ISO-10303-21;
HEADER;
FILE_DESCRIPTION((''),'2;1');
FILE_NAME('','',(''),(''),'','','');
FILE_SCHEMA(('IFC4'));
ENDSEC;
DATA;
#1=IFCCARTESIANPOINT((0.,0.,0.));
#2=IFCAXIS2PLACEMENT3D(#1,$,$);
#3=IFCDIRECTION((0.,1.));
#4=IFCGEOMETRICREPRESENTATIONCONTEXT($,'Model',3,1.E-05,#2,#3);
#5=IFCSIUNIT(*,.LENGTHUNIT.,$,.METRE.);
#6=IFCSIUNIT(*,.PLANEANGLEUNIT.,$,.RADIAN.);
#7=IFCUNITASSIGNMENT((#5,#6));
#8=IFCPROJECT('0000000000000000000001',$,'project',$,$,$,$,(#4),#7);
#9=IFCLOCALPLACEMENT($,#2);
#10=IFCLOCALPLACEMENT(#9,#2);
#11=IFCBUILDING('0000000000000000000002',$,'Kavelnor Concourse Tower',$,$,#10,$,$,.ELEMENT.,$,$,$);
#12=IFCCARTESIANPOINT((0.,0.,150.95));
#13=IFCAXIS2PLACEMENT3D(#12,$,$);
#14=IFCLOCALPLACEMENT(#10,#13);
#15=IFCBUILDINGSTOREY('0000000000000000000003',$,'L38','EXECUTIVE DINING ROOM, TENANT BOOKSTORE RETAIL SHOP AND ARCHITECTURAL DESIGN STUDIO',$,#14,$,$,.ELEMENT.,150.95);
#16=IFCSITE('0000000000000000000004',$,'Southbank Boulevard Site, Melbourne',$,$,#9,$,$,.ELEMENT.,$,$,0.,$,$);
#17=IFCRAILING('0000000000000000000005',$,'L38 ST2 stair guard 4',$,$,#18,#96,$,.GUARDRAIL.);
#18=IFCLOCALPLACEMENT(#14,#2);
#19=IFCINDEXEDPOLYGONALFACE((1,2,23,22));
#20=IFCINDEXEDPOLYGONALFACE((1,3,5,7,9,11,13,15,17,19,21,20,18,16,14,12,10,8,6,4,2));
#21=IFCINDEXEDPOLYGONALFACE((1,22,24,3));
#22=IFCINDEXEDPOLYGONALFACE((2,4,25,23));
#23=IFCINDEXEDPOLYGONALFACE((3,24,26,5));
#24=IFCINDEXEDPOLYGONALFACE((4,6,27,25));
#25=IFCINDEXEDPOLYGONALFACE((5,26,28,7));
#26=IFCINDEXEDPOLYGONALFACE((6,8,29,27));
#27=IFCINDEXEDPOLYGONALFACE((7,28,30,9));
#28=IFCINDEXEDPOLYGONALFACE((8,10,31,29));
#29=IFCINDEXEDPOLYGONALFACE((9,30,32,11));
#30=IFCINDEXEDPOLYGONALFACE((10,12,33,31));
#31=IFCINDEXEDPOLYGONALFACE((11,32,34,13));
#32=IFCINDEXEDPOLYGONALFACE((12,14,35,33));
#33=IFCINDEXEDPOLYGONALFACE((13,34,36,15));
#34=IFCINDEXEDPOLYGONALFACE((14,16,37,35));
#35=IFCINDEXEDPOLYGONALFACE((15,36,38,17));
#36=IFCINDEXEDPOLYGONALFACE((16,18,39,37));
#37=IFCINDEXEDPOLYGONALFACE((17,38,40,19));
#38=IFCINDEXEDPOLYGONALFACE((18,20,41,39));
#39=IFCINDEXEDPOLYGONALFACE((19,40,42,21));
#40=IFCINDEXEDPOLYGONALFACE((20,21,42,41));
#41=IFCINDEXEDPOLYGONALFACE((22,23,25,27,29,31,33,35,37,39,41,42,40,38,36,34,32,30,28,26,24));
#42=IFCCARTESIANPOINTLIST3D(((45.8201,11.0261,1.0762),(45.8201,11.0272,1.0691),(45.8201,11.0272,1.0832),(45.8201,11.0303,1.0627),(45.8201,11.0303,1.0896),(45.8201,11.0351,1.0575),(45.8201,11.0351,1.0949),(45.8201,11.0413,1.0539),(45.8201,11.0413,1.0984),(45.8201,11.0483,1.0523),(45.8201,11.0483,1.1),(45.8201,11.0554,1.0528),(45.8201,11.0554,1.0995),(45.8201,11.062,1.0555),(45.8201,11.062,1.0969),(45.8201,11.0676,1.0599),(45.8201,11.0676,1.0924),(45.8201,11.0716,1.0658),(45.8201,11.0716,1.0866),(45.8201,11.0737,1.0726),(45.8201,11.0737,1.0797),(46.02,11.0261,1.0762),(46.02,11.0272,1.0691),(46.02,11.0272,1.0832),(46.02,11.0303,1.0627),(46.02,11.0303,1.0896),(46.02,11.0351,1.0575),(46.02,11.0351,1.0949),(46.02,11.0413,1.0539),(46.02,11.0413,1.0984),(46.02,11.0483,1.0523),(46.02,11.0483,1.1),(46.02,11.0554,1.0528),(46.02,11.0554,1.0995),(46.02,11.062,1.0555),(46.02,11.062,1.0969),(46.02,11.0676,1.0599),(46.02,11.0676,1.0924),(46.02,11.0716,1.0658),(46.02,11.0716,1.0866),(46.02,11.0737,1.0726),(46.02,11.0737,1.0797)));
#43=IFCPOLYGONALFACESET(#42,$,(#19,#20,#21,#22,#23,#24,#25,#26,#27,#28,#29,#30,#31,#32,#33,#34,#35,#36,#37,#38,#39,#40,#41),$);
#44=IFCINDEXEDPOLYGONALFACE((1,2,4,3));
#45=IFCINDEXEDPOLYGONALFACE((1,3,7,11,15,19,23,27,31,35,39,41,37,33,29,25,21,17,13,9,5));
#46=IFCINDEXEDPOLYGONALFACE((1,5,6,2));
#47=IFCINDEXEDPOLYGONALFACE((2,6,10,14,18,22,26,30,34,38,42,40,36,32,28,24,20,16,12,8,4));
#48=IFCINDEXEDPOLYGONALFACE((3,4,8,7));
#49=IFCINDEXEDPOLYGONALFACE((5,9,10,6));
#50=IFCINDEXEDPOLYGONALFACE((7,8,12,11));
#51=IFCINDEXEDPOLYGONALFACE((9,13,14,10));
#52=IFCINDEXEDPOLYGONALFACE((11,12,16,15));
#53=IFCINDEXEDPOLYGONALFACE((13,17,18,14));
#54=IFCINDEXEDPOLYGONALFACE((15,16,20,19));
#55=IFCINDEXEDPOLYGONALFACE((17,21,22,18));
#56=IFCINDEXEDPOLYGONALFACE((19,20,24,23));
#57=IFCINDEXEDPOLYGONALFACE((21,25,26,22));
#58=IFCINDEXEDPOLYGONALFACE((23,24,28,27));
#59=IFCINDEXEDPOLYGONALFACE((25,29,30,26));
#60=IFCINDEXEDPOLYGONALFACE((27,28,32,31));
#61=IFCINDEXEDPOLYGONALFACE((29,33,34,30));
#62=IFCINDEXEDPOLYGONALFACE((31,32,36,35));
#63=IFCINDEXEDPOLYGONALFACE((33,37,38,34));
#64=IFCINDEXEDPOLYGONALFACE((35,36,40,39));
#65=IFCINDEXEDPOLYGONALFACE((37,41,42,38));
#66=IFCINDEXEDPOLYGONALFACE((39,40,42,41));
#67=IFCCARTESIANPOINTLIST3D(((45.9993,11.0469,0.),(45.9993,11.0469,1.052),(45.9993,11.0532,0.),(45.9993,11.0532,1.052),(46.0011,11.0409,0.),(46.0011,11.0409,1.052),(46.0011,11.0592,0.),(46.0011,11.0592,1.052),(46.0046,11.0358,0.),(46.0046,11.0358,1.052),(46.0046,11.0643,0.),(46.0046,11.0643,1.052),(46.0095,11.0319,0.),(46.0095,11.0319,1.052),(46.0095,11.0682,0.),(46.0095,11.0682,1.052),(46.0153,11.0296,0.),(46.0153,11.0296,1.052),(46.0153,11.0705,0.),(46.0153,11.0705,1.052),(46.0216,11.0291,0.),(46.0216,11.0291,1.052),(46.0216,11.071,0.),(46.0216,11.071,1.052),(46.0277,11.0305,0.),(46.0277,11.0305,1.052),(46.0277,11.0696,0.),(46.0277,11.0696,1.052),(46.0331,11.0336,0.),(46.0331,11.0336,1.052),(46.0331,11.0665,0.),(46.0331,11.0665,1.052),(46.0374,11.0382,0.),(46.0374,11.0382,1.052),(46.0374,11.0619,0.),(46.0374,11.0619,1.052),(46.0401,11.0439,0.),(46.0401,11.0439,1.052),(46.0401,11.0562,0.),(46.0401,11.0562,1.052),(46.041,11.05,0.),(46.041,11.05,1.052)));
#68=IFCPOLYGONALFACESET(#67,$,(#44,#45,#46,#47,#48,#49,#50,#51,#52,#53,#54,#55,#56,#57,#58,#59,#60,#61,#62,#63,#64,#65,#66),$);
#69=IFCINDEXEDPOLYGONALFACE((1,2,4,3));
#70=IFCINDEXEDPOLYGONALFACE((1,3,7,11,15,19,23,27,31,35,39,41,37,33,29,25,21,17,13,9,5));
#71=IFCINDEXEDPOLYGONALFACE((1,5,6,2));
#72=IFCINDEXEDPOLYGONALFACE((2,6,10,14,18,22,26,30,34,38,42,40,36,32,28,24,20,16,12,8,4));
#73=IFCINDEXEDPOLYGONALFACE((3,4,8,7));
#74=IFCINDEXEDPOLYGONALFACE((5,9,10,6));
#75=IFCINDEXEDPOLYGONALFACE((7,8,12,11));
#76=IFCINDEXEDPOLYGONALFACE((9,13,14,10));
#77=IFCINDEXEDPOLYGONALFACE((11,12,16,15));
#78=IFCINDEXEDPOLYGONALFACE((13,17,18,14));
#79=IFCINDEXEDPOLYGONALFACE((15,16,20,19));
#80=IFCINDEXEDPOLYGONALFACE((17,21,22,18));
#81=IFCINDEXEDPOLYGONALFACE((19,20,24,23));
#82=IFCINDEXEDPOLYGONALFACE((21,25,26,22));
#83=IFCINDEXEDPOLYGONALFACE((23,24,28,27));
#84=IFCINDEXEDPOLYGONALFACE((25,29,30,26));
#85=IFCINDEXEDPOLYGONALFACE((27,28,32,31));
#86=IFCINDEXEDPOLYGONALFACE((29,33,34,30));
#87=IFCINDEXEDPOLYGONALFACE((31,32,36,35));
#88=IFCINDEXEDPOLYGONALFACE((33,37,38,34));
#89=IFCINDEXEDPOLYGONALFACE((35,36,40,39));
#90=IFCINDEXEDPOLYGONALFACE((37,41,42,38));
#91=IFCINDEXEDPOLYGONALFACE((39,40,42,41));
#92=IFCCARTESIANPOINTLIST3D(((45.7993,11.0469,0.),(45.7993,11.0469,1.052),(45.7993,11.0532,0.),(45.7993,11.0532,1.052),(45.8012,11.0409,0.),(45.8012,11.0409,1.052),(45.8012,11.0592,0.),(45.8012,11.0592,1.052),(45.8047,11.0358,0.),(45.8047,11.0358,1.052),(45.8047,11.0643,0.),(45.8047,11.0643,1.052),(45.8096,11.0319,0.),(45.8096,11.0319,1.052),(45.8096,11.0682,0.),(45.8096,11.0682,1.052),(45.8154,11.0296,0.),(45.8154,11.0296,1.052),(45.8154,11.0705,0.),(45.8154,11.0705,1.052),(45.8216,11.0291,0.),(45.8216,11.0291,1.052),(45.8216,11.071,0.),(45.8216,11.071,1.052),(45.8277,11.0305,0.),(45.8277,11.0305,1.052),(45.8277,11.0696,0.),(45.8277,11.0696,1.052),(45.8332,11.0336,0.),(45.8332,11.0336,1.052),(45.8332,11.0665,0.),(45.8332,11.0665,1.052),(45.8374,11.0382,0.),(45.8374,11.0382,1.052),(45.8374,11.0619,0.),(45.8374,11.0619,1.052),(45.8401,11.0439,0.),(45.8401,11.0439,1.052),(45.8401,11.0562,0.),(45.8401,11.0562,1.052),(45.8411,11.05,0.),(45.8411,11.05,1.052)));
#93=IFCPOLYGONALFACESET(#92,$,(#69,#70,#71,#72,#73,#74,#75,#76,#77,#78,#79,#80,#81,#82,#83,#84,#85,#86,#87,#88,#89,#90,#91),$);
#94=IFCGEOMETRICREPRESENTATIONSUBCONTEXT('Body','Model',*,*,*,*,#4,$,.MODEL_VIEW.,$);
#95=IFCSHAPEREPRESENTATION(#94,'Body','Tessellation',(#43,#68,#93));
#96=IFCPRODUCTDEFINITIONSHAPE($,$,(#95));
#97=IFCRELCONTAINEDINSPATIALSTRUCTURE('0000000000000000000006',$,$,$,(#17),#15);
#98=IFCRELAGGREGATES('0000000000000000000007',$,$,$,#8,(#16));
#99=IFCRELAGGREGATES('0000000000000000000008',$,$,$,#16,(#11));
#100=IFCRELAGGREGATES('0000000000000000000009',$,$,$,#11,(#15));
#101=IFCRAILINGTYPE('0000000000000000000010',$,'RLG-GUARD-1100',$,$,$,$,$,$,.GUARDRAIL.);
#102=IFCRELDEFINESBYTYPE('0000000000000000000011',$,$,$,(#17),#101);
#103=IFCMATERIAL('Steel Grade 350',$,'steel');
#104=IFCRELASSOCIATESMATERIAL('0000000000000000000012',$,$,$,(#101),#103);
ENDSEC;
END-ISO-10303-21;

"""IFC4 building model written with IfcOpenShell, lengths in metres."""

from ifc_helpers import new_model, si_unit, direction, frame, origin, origin_2d, place, context, subcontext, project, spatial, circle, extrude, material, type_object, element, save


model = new_model("IFC4")

# Units and contexts
model_context = context("Model", 3, precision=1e-05, world=origin(), true_north=direction((0.0, 1.0)))
body_context = subcontext(model_context, "Body", "Model", "MODEL_VIEW")
ifc_project = project(units=[si_unit("LENGTHUNIT", "METRE"), si_unit("PLANEANGLEUNIT", "RADIAN")], contexts=[model_context])

# Site, building, storey
site_placement = place(None, origin())
site = spatial("IfcSite", under=ifc_project, at=site_placement, Name="Southbank Boulevard Site, Melbourne", CompositionType="ELEMENT", RefElevation=0.0)
building_placement = place(site_placement, origin())
building = spatial("IfcBuilding", under=site, at=building_placement, Name="Kavelnor Concourse Tower", CompositionType="ELEMENT")
storey_placement = place(building_placement, frame((0.0, 0.0, 150.95)))
storey = spatial("IfcBuildingStorey", under=building, at=storey_placement, Name="L38", Description="EXECUTIVE DINING ROOM, TENANT BOOKSTORE RETAIL SHOP AND ARCHITECTURAL DESIGN STUDIO", CompositionType="ELEMENT", Elevation=150.95)

# Shared definitions
ifc_material_1 = material(Name="Steel Grade 350", Category="steel")

# Railing
railing_type_1 = type_object("IfcRailingType", Name="RLG-GUARD-1100", PredefinedType="GUARDRAIL", material=ifc_material_1)
railing_1_placement = place(storey_placement, frame((46.02, 11.05, 0.0)))
element("IfcRailing", 1, at=railing_1_placement, inside=storey, type_object=railing_type_1, Name="L38 ST2 stair guard 4", PredefinedType="GUARDRAIL", context=body_context, shape_type="SweptSolid", body=[
    extrude(circle(Radius=0.0239, at=origin_2d()), frame((0.0, 0.0, 1.0762), z_axis=(-1.0, 0.0, 0.0), x_axis=(0.0, -1.0, 0.0)), (0.0, 0.0, 1.0), 0.2),
    extrude(circle(Radius=0.021, at=origin_2d()), origin(), (0.0, 0.0, 1.0), 1.052),
    extrude(circle(Radius=0.021, at=origin_2d()), frame((-0.2, 0.0, 0.0)), (0.0, 0.0, 1.0), 1.052),
])

save(model, "model.ifc")
